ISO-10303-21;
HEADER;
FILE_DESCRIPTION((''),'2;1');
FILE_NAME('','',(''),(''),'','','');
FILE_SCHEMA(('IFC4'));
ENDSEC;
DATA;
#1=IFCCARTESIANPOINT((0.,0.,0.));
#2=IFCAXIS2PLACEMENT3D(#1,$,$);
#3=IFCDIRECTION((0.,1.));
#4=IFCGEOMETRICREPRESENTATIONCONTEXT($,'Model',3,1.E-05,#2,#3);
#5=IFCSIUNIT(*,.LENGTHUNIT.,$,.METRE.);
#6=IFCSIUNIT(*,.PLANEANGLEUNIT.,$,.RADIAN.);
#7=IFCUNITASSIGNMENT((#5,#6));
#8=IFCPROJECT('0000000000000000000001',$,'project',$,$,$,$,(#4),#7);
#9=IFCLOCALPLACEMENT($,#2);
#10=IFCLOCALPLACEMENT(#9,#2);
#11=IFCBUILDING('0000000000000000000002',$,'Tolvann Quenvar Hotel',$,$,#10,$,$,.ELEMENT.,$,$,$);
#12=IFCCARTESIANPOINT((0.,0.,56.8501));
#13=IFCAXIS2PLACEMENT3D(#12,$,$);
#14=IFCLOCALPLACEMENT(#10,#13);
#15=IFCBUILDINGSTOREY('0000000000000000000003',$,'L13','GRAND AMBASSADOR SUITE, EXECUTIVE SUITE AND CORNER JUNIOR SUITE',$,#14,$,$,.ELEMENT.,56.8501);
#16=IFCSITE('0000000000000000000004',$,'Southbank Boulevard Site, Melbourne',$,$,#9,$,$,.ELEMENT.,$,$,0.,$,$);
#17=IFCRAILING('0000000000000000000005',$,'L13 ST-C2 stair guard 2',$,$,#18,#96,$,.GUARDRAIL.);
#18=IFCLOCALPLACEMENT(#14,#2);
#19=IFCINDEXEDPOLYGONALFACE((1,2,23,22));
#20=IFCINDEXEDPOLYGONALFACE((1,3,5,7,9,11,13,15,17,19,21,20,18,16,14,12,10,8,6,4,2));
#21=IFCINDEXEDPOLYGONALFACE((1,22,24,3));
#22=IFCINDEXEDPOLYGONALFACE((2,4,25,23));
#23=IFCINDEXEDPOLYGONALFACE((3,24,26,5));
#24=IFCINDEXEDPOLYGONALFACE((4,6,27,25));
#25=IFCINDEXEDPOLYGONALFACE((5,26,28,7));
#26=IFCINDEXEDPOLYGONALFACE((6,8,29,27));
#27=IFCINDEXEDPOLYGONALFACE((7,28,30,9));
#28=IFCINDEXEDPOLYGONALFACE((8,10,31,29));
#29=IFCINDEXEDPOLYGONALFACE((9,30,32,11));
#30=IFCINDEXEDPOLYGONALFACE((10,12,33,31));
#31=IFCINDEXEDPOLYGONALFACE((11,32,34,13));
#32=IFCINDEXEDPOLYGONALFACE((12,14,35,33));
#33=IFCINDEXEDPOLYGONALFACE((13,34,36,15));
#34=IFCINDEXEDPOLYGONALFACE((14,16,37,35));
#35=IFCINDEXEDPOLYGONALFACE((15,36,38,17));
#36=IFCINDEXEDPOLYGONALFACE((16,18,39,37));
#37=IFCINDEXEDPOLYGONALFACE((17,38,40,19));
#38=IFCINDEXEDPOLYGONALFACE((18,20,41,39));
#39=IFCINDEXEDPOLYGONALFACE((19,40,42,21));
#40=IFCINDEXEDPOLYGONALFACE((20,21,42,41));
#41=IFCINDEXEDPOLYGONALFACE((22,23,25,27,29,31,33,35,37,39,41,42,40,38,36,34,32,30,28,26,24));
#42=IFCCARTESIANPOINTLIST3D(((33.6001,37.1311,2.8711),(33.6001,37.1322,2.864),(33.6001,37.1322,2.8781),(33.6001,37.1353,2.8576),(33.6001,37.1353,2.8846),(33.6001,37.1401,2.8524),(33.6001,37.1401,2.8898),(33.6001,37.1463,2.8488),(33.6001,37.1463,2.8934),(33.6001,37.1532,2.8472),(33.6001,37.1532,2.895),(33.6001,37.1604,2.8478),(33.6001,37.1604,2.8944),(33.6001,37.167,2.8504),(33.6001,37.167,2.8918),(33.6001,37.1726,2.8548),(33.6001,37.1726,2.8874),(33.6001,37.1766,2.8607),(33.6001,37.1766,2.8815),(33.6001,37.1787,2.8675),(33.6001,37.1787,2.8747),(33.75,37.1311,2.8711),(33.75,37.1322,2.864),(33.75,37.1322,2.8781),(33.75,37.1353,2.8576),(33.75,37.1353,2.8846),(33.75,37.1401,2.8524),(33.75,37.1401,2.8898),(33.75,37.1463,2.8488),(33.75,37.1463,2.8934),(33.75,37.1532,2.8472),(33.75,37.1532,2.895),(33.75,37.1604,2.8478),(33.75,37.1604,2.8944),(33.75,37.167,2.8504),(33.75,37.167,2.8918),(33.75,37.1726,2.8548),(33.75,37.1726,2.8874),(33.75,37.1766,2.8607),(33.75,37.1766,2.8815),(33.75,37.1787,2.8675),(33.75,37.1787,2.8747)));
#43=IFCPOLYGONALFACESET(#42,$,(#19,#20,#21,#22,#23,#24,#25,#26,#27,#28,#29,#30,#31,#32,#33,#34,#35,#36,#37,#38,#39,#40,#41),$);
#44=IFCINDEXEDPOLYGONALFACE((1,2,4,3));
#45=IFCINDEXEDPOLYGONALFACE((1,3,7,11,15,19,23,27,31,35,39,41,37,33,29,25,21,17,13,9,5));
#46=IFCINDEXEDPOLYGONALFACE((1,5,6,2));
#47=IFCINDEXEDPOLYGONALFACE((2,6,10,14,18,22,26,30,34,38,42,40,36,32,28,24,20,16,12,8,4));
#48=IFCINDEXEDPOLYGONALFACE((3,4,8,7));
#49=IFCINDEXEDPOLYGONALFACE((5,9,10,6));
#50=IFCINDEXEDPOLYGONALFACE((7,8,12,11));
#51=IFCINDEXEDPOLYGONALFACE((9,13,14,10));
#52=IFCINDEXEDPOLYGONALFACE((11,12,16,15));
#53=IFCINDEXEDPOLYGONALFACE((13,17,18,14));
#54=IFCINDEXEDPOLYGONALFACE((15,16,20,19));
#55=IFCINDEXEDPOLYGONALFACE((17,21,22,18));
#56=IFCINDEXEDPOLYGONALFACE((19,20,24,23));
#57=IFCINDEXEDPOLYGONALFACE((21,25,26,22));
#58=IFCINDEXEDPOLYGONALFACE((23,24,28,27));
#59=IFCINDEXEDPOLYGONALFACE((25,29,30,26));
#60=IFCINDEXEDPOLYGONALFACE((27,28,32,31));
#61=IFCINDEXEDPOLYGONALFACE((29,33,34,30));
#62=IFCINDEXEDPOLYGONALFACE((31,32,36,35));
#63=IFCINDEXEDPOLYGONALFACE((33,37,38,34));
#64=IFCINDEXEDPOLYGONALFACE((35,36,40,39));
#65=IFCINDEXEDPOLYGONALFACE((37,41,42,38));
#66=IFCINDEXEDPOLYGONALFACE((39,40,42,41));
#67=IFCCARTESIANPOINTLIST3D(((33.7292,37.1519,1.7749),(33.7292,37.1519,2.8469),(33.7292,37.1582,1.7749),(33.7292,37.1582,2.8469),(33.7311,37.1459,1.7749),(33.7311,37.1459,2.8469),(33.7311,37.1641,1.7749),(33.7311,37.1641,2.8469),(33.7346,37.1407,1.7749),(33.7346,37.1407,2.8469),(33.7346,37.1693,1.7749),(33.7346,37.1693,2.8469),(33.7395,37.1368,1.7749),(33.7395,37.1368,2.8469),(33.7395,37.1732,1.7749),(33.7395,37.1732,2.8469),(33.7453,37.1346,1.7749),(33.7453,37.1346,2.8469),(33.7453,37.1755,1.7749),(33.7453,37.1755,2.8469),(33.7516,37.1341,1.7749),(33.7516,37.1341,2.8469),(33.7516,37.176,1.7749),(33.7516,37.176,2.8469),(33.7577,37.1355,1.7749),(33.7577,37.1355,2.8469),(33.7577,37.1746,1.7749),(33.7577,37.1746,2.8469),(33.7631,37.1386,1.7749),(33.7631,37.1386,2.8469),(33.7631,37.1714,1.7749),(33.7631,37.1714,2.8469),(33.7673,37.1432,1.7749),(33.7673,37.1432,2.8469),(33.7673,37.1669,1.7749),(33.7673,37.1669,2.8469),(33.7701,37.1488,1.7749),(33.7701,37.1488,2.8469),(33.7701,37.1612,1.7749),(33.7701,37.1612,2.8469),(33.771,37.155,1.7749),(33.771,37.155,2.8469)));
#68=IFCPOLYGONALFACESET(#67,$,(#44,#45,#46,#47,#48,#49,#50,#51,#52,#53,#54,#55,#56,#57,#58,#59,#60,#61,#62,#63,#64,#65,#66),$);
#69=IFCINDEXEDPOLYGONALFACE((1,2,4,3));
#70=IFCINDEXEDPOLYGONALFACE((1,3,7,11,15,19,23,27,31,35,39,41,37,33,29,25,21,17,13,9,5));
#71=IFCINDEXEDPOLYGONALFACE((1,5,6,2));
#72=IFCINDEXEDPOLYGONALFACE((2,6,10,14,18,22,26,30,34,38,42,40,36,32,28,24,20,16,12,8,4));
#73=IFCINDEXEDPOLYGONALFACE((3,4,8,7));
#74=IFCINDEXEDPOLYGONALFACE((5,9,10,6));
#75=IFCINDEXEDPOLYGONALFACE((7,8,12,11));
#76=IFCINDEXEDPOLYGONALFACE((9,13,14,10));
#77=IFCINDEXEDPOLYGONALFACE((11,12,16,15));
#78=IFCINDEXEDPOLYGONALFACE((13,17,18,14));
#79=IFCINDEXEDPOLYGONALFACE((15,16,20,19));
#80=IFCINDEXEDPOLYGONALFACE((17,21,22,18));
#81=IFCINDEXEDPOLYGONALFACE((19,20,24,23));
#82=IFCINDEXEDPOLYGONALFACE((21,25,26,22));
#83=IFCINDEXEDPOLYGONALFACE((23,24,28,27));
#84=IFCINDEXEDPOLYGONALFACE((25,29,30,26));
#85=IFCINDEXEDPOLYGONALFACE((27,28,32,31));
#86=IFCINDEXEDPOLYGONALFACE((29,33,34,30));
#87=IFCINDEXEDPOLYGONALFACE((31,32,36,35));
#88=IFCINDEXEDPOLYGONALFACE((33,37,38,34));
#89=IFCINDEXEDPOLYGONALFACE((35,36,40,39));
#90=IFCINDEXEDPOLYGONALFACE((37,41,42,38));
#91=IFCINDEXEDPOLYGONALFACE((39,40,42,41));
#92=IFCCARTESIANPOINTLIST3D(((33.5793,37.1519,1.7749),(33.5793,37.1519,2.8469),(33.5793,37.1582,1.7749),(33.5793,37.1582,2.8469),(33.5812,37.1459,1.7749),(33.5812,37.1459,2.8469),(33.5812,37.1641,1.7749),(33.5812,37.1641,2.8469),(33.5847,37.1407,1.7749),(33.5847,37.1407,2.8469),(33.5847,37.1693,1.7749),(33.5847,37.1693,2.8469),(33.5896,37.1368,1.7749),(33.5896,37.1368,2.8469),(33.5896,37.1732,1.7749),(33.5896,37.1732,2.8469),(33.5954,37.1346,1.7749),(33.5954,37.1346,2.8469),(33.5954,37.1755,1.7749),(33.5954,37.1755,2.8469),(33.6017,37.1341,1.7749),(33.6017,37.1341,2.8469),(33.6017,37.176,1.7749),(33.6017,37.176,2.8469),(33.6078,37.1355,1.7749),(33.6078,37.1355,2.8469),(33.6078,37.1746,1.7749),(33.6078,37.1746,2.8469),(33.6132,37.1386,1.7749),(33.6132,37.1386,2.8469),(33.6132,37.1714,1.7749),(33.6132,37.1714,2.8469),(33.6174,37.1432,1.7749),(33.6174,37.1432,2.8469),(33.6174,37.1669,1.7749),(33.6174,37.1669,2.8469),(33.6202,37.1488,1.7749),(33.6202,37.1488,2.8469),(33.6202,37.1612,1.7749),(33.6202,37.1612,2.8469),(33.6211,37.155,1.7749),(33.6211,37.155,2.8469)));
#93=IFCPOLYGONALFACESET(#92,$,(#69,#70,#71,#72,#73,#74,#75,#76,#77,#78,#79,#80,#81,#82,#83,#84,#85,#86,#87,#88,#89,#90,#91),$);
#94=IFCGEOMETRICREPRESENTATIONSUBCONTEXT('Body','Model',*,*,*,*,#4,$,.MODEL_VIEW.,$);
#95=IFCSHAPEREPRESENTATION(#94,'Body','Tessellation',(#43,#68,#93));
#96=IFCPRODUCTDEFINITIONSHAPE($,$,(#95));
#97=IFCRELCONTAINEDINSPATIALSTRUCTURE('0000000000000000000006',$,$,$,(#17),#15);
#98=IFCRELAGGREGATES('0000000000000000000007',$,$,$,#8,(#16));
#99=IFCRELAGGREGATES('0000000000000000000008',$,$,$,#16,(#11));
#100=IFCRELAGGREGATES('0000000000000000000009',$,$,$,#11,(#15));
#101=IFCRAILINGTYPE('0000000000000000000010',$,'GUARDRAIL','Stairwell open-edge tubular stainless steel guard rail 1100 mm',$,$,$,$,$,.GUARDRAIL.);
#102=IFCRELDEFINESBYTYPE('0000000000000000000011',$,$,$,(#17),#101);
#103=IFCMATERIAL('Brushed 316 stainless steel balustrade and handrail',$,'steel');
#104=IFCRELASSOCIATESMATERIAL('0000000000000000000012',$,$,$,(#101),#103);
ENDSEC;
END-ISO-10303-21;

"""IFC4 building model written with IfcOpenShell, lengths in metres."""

from ifc_helpers import new_model, si_unit, direction, frame, origin, origin_2d, place, context, subcontext, project, spatial, circle, extrude, material, type_object, element, save


model = new_model("IFC4")

# Units and contexts
model_context = context("Model", 3, precision=1e-05, world=origin(), true_north=direction((0.0, 1.0)))
body_context = subcontext(model_context, "Body", "Model", "MODEL_VIEW")
ifc_project = project(units=[si_unit("LENGTHUNIT", "METRE"), si_unit("PLANEANGLEUNIT", "RADIAN")], contexts=[model_context])

# Site, building, storey
site_placement = place(None, origin())
site = spatial("IfcSite", under=ifc_project, at=site_placement, Name="Southbank Boulevard Site, Melbourne", CompositionType="ELEMENT", RefElevation=0.0)
building_placement = place(site_placement, origin())
building = spatial("IfcBuilding", under=site, at=building_placement, Name="Tolvann Quenvar Hotel", CompositionType="ELEMENT")
storey_placement = place(building_placement, frame((0.0, 0.0, 56.8501)))
storey = spatial("IfcBuildingStorey", under=building, at=storey_placement, Name="L13", Description="GRAND AMBASSADOR SUITE, EXECUTIVE SUITE AND CORNER JUNIOR SUITE", CompositionType="ELEMENT", Elevation=56.8501)

# Railing
ifc_material_1 = material(Name="Brushed 316 stainless steel balustrade and handrail", Category="steel")
railing_type_1 = type_object("IfcRailingType", Name="GUARDRAIL", Description="Stairwell open-edge tubular stainless steel guard rail 1100 mm", PredefinedType="GUARDRAIL", material=ifc_material_1)
railing_1_placement = place(storey_placement, frame((33.75, 37.155, 1.7749)))
element("IfcRailing", 1, at=railing_1_placement, inside=storey, type_object=railing_type_1, Name="L13 ST-C2 stair guard 2", PredefinedType="GUARDRAIL", context=body_context, shape_type="SweptSolid", body=[
    extrude(circle(Radius=0.0239, at=origin_2d()), frame((0.0, 0.0, 1.0962), z_axis=(-1.0, 0.0, 0.0), x_axis=(0.0, -1.0, 0.0)), (0.0, 0.0, 1.0), 0.1499),
    extrude(circle(Radius=0.021, at=origin_2d()), origin(), (0.0, 0.0, 1.0), 1.072),
    extrude(circle(Radius=0.021, at=origin_2d()), frame((-0.1499, 0.0, 0.0)), (0.0, 0.0, 1.0), 1.072),
])

save(model, "model.ifc")
